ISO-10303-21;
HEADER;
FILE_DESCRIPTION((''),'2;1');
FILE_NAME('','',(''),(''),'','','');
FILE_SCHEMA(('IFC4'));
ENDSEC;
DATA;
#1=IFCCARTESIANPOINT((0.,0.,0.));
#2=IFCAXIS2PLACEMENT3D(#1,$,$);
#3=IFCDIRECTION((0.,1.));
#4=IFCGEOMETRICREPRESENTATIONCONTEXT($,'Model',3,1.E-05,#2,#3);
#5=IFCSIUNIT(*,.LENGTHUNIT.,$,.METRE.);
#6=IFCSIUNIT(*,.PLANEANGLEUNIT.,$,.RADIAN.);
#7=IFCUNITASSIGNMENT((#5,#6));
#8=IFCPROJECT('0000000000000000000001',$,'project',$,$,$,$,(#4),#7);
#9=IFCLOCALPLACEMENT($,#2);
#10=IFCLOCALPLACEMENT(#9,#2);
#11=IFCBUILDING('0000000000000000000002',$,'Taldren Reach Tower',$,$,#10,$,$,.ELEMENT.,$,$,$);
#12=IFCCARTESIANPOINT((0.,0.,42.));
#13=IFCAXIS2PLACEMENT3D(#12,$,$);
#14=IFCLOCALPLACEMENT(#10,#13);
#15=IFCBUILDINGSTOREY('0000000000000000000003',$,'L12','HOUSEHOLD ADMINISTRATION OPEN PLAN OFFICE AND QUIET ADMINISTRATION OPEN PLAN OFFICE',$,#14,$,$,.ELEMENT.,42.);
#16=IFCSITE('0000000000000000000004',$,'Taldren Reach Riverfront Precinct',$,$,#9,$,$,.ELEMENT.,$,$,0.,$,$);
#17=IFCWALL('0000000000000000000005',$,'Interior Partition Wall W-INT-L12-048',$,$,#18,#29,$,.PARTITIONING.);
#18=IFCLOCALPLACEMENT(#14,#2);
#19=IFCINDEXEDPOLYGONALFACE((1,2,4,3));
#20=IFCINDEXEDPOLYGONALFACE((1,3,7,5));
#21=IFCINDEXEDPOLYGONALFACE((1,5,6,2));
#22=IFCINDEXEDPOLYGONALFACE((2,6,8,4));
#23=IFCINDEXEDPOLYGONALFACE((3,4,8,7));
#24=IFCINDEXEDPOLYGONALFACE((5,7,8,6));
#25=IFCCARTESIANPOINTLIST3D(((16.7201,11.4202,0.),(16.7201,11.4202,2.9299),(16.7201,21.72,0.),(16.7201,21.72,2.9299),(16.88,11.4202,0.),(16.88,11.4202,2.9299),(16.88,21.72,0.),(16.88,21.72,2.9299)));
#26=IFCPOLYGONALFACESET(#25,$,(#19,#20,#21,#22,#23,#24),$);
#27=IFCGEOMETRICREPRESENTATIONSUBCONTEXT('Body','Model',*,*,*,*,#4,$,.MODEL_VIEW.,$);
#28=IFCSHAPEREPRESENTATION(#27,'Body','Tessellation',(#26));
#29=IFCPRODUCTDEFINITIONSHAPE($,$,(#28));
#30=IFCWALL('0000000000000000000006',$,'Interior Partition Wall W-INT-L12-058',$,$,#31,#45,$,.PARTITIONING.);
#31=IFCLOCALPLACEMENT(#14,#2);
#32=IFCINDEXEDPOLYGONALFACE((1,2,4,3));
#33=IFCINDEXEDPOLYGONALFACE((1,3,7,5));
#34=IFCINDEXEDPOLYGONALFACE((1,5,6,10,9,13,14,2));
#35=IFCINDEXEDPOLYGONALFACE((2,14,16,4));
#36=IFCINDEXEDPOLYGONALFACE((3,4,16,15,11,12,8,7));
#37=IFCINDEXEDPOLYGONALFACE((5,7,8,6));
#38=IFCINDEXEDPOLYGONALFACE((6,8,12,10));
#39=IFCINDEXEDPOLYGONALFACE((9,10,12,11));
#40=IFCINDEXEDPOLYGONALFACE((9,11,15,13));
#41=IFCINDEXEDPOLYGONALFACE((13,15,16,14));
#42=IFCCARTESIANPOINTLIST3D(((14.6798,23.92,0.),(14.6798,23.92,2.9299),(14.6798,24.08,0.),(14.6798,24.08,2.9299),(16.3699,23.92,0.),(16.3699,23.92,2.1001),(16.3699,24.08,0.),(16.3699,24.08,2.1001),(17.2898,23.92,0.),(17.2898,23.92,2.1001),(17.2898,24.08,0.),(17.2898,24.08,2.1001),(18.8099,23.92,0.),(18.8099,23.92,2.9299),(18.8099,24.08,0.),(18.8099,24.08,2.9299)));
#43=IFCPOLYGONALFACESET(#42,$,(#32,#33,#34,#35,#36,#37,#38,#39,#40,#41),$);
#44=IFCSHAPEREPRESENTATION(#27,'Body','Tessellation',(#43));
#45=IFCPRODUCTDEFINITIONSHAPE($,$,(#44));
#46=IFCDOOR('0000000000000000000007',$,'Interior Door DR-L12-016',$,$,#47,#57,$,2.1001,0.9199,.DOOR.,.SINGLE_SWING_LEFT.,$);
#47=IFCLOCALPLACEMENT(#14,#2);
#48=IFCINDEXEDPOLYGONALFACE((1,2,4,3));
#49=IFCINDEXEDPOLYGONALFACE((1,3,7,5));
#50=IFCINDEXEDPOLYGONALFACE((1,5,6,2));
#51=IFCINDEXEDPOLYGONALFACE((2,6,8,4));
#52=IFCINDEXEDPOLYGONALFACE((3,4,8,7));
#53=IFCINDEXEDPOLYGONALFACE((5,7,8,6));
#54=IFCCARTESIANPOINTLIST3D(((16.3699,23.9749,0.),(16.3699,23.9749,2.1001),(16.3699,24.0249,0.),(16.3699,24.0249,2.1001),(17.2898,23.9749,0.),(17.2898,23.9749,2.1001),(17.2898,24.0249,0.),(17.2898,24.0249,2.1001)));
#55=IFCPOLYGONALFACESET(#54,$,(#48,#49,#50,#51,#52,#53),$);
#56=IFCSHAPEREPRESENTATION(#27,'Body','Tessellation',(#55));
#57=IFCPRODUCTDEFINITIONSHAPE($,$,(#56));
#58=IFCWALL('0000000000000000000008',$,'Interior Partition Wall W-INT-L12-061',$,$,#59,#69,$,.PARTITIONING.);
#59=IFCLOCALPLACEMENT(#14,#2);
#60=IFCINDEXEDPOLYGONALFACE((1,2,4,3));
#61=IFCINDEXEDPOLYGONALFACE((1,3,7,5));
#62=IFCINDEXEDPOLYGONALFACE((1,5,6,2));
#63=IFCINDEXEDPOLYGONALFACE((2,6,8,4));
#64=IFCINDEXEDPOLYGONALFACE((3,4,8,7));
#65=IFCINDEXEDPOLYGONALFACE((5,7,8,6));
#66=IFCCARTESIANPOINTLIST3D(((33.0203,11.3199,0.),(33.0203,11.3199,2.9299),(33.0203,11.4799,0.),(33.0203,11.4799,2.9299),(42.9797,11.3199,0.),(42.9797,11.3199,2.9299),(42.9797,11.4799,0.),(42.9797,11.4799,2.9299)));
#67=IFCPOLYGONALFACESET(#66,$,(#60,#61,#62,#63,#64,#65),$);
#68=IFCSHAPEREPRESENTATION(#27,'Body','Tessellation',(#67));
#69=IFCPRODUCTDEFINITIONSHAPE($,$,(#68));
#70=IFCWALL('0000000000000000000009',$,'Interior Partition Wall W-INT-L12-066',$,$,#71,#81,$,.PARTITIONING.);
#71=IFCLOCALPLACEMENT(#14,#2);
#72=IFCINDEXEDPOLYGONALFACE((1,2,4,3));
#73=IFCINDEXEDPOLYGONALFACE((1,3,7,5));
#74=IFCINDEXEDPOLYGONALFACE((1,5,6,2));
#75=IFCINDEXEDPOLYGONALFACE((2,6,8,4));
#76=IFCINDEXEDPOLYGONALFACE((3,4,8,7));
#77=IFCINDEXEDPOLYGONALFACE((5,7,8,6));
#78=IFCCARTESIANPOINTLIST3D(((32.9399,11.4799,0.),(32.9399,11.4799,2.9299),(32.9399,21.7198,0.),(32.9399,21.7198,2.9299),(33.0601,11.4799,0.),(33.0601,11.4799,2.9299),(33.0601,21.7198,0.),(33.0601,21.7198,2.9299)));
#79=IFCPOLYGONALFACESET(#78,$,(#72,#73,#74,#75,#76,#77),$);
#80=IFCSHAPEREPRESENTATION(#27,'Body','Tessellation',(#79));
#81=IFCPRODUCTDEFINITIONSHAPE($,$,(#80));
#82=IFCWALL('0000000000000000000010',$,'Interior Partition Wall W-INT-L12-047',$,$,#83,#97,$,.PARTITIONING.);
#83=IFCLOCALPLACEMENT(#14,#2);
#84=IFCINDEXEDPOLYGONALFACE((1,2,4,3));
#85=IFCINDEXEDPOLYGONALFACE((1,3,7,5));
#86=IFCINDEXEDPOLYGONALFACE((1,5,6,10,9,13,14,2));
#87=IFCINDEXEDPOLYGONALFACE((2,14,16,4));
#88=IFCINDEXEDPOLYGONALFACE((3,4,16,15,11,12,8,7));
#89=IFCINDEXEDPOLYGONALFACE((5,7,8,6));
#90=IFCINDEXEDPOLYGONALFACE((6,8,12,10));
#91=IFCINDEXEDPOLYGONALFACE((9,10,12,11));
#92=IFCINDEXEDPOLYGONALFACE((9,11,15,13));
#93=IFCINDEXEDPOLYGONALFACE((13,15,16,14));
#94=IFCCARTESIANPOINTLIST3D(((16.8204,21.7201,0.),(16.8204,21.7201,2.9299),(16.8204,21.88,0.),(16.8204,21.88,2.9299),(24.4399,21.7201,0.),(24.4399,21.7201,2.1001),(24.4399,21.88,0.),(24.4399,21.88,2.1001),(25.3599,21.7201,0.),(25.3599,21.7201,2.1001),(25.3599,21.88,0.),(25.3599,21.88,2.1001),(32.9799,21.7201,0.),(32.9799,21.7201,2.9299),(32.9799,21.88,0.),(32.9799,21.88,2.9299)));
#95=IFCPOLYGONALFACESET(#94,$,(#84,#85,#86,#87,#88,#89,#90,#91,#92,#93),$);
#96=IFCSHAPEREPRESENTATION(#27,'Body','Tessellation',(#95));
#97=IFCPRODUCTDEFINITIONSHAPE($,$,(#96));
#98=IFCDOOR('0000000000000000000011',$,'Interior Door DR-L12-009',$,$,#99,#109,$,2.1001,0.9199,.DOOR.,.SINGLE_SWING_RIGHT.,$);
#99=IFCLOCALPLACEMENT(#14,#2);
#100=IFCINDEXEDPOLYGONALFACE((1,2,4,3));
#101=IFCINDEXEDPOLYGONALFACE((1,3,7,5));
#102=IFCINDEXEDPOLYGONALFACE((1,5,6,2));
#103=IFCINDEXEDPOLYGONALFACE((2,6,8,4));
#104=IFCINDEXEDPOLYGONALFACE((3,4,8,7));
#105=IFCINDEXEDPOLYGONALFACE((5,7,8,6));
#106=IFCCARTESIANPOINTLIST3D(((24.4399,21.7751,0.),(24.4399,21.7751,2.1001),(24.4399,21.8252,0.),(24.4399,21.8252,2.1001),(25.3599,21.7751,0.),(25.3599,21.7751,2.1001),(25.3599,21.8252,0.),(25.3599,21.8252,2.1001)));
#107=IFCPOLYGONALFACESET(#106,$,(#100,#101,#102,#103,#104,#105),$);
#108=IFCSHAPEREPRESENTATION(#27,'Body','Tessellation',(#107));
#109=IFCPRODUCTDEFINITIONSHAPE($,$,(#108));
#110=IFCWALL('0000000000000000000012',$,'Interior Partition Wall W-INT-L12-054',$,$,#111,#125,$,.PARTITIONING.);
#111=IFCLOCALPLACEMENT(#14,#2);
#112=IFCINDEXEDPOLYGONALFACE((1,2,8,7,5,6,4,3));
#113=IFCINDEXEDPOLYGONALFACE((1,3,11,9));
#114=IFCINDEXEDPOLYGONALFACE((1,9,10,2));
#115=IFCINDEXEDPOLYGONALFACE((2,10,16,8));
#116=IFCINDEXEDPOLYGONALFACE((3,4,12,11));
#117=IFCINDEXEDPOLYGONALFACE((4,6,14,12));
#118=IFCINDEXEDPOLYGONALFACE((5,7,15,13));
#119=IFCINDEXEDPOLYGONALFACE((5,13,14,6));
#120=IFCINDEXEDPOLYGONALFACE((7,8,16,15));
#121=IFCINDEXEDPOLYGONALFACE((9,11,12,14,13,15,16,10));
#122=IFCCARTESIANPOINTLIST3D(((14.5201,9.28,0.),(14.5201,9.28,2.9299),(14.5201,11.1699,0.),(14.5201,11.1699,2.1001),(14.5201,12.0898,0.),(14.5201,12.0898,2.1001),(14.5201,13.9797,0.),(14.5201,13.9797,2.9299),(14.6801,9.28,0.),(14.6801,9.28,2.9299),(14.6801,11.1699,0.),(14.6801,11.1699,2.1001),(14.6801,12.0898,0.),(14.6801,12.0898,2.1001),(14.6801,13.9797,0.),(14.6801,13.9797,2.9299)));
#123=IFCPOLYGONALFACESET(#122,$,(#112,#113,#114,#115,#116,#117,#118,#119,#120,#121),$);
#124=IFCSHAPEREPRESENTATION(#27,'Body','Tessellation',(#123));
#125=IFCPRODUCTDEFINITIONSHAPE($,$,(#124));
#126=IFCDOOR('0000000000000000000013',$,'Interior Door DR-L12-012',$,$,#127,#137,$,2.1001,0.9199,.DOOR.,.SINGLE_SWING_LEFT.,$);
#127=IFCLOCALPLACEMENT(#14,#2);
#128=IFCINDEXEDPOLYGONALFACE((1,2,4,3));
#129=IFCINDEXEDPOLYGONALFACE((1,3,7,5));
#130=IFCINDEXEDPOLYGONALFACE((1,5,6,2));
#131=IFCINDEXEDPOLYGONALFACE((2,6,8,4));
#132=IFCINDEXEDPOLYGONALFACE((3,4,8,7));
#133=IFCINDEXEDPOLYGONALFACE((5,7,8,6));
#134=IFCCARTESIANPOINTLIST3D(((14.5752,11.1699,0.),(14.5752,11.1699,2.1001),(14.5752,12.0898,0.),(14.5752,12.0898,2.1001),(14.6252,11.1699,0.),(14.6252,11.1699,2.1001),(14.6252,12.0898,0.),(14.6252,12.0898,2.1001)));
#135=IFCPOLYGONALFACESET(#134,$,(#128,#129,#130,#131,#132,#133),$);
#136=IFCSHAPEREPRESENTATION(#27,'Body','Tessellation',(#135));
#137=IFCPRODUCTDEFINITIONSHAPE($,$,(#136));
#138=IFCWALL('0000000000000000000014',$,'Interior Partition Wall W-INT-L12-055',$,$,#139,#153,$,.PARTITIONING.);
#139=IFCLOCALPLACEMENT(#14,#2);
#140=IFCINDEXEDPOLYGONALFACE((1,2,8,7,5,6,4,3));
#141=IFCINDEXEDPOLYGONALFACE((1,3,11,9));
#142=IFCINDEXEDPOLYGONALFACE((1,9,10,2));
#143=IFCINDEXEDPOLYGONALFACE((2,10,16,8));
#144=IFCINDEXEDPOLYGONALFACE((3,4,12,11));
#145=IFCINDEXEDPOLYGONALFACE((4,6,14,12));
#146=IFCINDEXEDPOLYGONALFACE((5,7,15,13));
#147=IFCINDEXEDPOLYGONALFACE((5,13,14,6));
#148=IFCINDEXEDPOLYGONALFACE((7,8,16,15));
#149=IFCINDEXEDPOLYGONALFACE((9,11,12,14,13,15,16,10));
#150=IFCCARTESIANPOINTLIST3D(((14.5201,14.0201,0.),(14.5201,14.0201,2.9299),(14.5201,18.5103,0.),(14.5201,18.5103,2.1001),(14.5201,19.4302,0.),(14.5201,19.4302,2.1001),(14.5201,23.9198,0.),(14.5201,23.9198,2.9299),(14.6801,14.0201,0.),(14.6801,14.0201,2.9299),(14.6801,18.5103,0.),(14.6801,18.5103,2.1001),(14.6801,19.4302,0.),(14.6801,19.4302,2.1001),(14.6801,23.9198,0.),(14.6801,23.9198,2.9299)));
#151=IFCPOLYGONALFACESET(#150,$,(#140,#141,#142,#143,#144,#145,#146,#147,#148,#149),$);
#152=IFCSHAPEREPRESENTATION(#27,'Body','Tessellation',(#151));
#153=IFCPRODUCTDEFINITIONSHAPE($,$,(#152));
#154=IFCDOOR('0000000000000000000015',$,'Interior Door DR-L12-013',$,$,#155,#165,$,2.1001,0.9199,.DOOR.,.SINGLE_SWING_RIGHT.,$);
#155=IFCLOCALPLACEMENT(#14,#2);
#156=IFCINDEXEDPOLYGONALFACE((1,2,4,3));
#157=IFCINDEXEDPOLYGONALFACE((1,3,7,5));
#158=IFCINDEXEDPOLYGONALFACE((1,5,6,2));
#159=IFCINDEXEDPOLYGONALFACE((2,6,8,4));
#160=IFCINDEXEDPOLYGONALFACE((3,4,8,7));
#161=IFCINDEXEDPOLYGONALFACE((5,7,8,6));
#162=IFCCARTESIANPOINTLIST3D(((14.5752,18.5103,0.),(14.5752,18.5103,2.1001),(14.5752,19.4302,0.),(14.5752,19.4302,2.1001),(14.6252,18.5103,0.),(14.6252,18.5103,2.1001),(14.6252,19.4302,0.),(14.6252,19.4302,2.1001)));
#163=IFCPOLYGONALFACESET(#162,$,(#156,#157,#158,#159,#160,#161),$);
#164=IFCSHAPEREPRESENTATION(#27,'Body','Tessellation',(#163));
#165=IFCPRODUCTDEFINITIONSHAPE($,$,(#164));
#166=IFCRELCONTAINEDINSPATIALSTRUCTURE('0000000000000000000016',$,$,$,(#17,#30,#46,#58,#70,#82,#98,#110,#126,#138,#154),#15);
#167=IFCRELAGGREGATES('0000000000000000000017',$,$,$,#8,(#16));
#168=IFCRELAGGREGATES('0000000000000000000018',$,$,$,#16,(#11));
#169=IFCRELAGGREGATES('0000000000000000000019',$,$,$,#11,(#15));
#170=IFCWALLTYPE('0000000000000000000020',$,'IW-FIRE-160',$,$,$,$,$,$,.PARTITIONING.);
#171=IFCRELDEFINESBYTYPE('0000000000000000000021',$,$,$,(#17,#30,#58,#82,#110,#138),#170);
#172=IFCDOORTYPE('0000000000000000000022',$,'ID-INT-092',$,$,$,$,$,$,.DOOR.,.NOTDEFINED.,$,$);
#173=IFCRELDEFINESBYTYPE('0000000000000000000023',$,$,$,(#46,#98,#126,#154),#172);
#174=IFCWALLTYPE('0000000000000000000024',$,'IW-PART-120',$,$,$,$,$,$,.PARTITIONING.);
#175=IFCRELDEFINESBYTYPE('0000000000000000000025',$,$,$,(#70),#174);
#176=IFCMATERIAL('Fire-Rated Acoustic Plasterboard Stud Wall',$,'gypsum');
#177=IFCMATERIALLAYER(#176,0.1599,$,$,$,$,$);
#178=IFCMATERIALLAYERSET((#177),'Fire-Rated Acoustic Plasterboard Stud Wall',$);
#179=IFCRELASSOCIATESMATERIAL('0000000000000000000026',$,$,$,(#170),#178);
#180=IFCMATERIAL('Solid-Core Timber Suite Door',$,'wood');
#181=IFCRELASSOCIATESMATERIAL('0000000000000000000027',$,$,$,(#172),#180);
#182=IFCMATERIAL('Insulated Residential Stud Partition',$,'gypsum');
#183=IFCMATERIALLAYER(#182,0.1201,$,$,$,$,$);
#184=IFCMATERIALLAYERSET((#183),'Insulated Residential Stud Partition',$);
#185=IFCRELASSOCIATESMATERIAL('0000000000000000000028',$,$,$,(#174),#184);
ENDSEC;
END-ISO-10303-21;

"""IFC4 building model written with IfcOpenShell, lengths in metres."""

from ifc_helpers import new_model, si_unit, direction, frame, frame_2d, origin, place, context, subcontext, project, spatial, rectangle, extrude, source, transform, mapped, material, layer, layer_set, type_object, element, fill, save


model = new_model("IFC4")

# Units and contexts
model_context = context("Model", 3, precision=1e-05, world=origin(), true_north=direction((0.0, 1.0)))
body_context = subcontext(model_context, "Body", "Model", "MODEL_VIEW")
ifc_project = project(units=[si_unit("LENGTHUNIT", "METRE"), si_unit("PLANEANGLEUNIT", "RADIAN")], contexts=[model_context])

# Site, building, storey
site_placement = place(None, origin())
site = spatial("IfcSite", under=ifc_project, at=site_placement, Name="Taldren Reach Riverfront Precinct", CompositionType="ELEMENT", RefElevation=0.0)
building_placement = place(site_placement, origin())
building = spatial("IfcBuilding", under=site, at=building_placement, Name="Taldren Reach Tower", CompositionType="ELEMENT")
storey_placement = place(building_placement, frame((0.0, 0.0, 42.0)))
storey = spatial("IfcBuildingStorey", under=building, at=storey_placement, Name="L12", Description="HOUSEHOLD ADMINISTRATION OPEN PLAN OFFICE AND QUIET ADMINISTRATION OPEN PLAN OFFICE", CompositionType="ELEMENT", Elevation=42.0)

# Wall
ifc_material_1 = material(Name="Fire-Rated Acoustic Plasterboard Stud Wall", Category="gypsum")
ifc_layer_1 = layer(ifc_material_1, 0.1599)
ifc_layer_set_1 = layer_set([ifc_layer_1], Name="Fire-Rated Acoustic Plasterboard Stud Wall")
wall_type_1 = type_object("IfcWallType", Name="IW-FIRE-160", PredefinedType="PARTITIONING", material=ifc_layer_set_1)
shared_shape_1 = source(origin(), body_context, "Body", "SweptSolid", [
    extrude(rectangle(XDim=10.2998, YDim=0.1599, at=frame_2d((5.1499, 0.0))), origin(), (0.0, 0.0, 1.0), 2.9299),
])
wall_1_placement = place(storey_placement, frame((16.8, 21.72, 0.0), z_axis=(0.0, 0.0, 1.0), x_axis=(0.0, -1.0, 0.0)))
element("IfcWall", 1, at=wall_1_placement, inside=storey, type_object=wall_type_1, Name="Interior Partition Wall W-INT-L12-048", PredefinedType="PARTITIONING", context=body_context, shape_type="MappedRepresentation", body=[
    mapped(shared_shape_1, transform((0.0, 0.0, 0.0), scale=1.0)),
])

# Wall, opening, door
shared_shape_2 = source(origin(), body_context, "Body", "SweptSolid", [
    extrude(rectangle(XDim=4.1301, YDim=0.1599, at=frame_2d((2.0649, 0.0))), origin(), (0.0, 0.0, 1.0), 2.9299),
])
wall_2_placement = place(storey_placement, frame((14.6799, 24.0, 0.0), z_axis=(0.0, 0.0, 1.0), x_axis=(1.0, 0.0, 0.0)))
wall_2 = element("IfcWall", 2, at=wall_2_placement, inside=storey, type_object=wall_type_1, Name="Interior Partition Wall W-INT-L12-058", PredefinedType="PARTITIONING", context=body_context, shape_type="MappedRepresentation", body=[
    mapped(shared_shape_2, transform((0.0, 0.0, 0.0), scale=1.0)),
])
shared_shape_3 = source(origin(), body_context, "Body", "SweptSolid", [
    extrude(rectangle(XDim=0.9199, YDim=2.1001, at=frame_2d((0.46, 1.05))), frame((0.0, 0.0898, 0.0), z_axis=(0.0, -1.0, 0.0), x_axis=(1.0, 0.0, 0.0)), (0.0, 0.0, 1.0), 0.1799),
])
opening_1_placement = place(wall_2_placement, frame((1.6899, 0.0, 0.0)))
opening_1 = element("IfcOpeningElement", 3, at=opening_1_placement, cuts=wall_2, PredefinedType="OPENING", context=body_context, shape_type="MappedRepresentation", body=[
    mapped(shared_shape_3, transform((0.0, 0.0, 0.0), scale=1.0)),
])
ifc_material_2 = material(Name="Solid-Core Timber Suite Door", Category="wood")
door_type = type_object("IfcDoorType", Name="ID-INT-092", OperationType="NOTDEFINED", PredefinedType="DOOR", material=ifc_material_2)
shared_shape_4 = source(origin(), body_context, "Body", "SweptSolid", [
    extrude(rectangle(XDim=0.9199, YDim=2.1001, at=frame_2d((0.46, 1.05))), frame((0.0, 0.0249, 0.0), z_axis=(0.0, -1.0, 0.0), x_axis=(1.0, 0.0, 0.0)), (0.0, 0.0, 1.0), 0.05),
])
door_1_placement = place(opening_1_placement, origin())
door_1 = element("IfcDoor", 4, at=door_1_placement, inside=storey, type_object=door_type, Name="Interior Door DR-L12-016", OperationType="SINGLE_SWING_LEFT", OverallHeight=2.1001, OverallWidth=0.9199, PredefinedType="DOOR", context=body_context, shape_type="MappedRepresentation", body=[
    mapped(shared_shape_4, transform((0.0, 0.0, 0.0), scale=1.0)),
])
fill(opening_1, door_1)

# Walls
shared_shape_5 = source(origin(), body_context, "Body", "SweptSolid", [
    extrude(rectangle(XDim=9.9595, YDim=0.1599, at=frame_2d((4.9797, 0.0))), origin(), (0.0, 0.0, 1.0), 2.9299),
])
wall_3_placement = place(storey_placement, frame((33.0203, 11.3999, 0.0), z_axis=(0.0, 0.0, 1.0), x_axis=(1.0, 0.0, 0.0)))
element("IfcWall", 5, at=wall_3_placement, inside=storey, type_object=wall_type_1, Name="Interior Partition Wall W-INT-L12-061", PredefinedType="PARTITIONING", context=body_context, shape_type="MappedRepresentation", body=[
    mapped(shared_shape_5, transform((0.0, 0.0, 0.0), scale=1.0)),
])
ifc_material_3 = material(Name="Insulated Residential Stud Partition", Category="gypsum")
ifc_layer_2 = layer(ifc_material_3, 0.1201)
ifc_layer_set_2 = layer_set([ifc_layer_2], Name="Insulated Residential Stud Partition")
wall_type_2 = type_object("IfcWallType", Name="IW-PART-120", PredefinedType="PARTITIONING", material=ifc_layer_set_2)
shared_shape_6 = source(origin(), body_context, "Body", "SweptSolid", [
    extrude(rectangle(XDim=10.24, YDim=0.1201, at=frame_2d((5.1201, 0.0))), origin(), (0.0, 0.0, 1.0), 2.9299),
])
wall_4_placement = place(storey_placement, frame((33.0, 21.72, 0.0), z_axis=(0.0, 0.0, 1.0), x_axis=(0.0, -1.0, 0.0)))
element("IfcWall", 6, at=wall_4_placement, inside=storey, type_object=wall_type_2, Name="Interior Partition Wall W-INT-L12-066", PredefinedType="PARTITIONING", context=body_context, shape_type="MappedRepresentation", body=[
    mapped(shared_shape_6, transform((0.0, 0.0, 0.0), scale=1.0)),
])

# Walls, openings, doors
shared_shape_7 = source(origin(), body_context, "Body", "SweptSolid", [
    extrude(rectangle(XDim=16.1594, YDim=0.1599, at=frame_2d((8.0796, 0.0))), origin(), (0.0, 0.0, 1.0), 2.9299),
])
wall_5_placement = place(storey_placement, frame((32.9797, 21.8, 0.0), z_axis=(0.0, 0.0, 1.0), x_axis=(-1.0, 0.0, 0.0)))
wall_5 = element("IfcWall", 7, at=wall_5_placement, inside=storey, type_object=wall_type_1, Name="Interior Partition Wall W-INT-L12-047", PredefinedType="PARTITIONING", context=body_context, shape_type="MappedRepresentation", body=[
    mapped(shared_shape_7, transform((0.0, 0.0, 0.0), scale=1.0)),
])
opening_2_placement = place(wall_5_placement, frame((7.6199, 0.0, 0.0)))
opening_2 = element("IfcOpeningElement", 8, at=opening_2_placement, cuts=wall_5, PredefinedType="OPENING", context=body_context, shape_type="MappedRepresentation", body=[
    mapped(shared_shape_3, transform((0.0, 0.0, 0.0), scale=1.0)),
])
door_2_placement = place(opening_2_placement, origin())
door_2 = element("IfcDoor", 9, at=door_2_placement, inside=storey, type_object=door_type, Name="Interior Door DR-L12-009", OperationType="SINGLE_SWING_RIGHT", OverallHeight=2.1001, OverallWidth=0.9199, PredefinedType="DOOR", context=body_context, shape_type="MappedRepresentation", body=[
    mapped(shared_shape_4, transform((0.0, 0.0, 0.0), scale=1.0)),
])
fill(opening_2, door_2)
shared_shape_8 = source(origin(), body_context, "Body", "SweptSolid", [
    extrude(rectangle(XDim=4.6997, YDim=0.1599, at=frame_2d((2.3499, 0.0))), origin(), (0.0, 0.0, 1.0), 2.9299),
])
wall_6_placement = place(storey_placement, frame((14.6001, 9.28, 0.0), z_axis=(0.0, 0.0, 1.0), x_axis=(0.0, 1.0, 0.0)))
wall_6 = element("IfcWall", 10, at=wall_6_placement, inside=storey, type_object=wall_type_1, Name="Interior Partition Wall W-INT-L12-054", PredefinedType="PARTITIONING", context=body_context, shape_type="MappedRepresentation", body=[
    mapped(shared_shape_8, transform((0.0, 0.0, 0.0), scale=1.0)),
])
opening_3_placement = place(wall_6_placement, frame((1.8899, 0.0, 0.0)))
opening_3 = element("IfcOpeningElement", 11, at=opening_3_placement, cuts=wall_6, PredefinedType="OPENING", context=body_context, shape_type="MappedRepresentation", body=[
    mapped(shared_shape_3, transform((0.0, 0.0, 0.0), scale=1.0)),
])
door_3_placement = place(opening_3_placement, origin())
door_3 = element("IfcDoor", 12, at=door_3_placement, inside=storey, type_object=door_type, Name="Interior Door DR-L12-012", OperationType="SINGLE_SWING_LEFT", OverallHeight=2.1001, OverallWidth=0.9199, PredefinedType="DOOR", context=body_context, shape_type="MappedRepresentation", body=[
    mapped(shared_shape_4, transform((0.0, 0.0, 0.0), scale=1.0)),
])
fill(opening_3, door_3)
shared_shape_9 = source(origin(), body_context, "Body", "SweptSolid", [
    extrude(rectangle(XDim=9.8997, YDim=0.1599, at=frame_2d((4.9497, 0.0))), origin(), (0.0, 0.0, 1.0), 2.9299),
])
wall_7_placement = place(storey_placement, frame((14.6001, 14.0203, 0.0), z_axis=(0.0, 0.0, 1.0), x_axis=(0.0, 1.0, 0.0)))
wall_7 = element("IfcWall", 13, at=wall_7_placement, inside=storey, type_object=wall_type_1, Name="Interior Partition Wall W-INT-L12-055", PredefinedType="PARTITIONING", context=body_context, shape_type="MappedRepresentation", body=[
    mapped(shared_shape_9, transform((0.0, 0.0, 0.0), scale=1.0)),
])
opening_4_placement = place(wall_7_placement, frame((4.49, 0.0, 0.0)))
opening_4 = element("IfcOpeningElement", 14, at=opening_4_placement, cuts=wall_7, PredefinedType="OPENING", context=body_context, shape_type="MappedRepresentation", body=[
    mapped(shared_shape_3, transform((0.0, 0.0, 0.0), scale=1.0)),
])
door_4_placement = place(opening_4_placement, origin())
door_4 = element("IfcDoor", 15, at=door_4_placement, inside=storey, type_object=door_type, Name="Interior Door DR-L12-013", OperationType="SINGLE_SWING_RIGHT", OverallHeight=2.1001, OverallWidth=0.9199, PredefinedType="DOOR", context=body_context, shape_type="MappedRepresentation", body=[
    mapped(shared_shape_4, transform((0.0, 0.0, 0.0), scale=1.0)),
])
fill(opening_4, door_4)

save(model, "model.ifc")
